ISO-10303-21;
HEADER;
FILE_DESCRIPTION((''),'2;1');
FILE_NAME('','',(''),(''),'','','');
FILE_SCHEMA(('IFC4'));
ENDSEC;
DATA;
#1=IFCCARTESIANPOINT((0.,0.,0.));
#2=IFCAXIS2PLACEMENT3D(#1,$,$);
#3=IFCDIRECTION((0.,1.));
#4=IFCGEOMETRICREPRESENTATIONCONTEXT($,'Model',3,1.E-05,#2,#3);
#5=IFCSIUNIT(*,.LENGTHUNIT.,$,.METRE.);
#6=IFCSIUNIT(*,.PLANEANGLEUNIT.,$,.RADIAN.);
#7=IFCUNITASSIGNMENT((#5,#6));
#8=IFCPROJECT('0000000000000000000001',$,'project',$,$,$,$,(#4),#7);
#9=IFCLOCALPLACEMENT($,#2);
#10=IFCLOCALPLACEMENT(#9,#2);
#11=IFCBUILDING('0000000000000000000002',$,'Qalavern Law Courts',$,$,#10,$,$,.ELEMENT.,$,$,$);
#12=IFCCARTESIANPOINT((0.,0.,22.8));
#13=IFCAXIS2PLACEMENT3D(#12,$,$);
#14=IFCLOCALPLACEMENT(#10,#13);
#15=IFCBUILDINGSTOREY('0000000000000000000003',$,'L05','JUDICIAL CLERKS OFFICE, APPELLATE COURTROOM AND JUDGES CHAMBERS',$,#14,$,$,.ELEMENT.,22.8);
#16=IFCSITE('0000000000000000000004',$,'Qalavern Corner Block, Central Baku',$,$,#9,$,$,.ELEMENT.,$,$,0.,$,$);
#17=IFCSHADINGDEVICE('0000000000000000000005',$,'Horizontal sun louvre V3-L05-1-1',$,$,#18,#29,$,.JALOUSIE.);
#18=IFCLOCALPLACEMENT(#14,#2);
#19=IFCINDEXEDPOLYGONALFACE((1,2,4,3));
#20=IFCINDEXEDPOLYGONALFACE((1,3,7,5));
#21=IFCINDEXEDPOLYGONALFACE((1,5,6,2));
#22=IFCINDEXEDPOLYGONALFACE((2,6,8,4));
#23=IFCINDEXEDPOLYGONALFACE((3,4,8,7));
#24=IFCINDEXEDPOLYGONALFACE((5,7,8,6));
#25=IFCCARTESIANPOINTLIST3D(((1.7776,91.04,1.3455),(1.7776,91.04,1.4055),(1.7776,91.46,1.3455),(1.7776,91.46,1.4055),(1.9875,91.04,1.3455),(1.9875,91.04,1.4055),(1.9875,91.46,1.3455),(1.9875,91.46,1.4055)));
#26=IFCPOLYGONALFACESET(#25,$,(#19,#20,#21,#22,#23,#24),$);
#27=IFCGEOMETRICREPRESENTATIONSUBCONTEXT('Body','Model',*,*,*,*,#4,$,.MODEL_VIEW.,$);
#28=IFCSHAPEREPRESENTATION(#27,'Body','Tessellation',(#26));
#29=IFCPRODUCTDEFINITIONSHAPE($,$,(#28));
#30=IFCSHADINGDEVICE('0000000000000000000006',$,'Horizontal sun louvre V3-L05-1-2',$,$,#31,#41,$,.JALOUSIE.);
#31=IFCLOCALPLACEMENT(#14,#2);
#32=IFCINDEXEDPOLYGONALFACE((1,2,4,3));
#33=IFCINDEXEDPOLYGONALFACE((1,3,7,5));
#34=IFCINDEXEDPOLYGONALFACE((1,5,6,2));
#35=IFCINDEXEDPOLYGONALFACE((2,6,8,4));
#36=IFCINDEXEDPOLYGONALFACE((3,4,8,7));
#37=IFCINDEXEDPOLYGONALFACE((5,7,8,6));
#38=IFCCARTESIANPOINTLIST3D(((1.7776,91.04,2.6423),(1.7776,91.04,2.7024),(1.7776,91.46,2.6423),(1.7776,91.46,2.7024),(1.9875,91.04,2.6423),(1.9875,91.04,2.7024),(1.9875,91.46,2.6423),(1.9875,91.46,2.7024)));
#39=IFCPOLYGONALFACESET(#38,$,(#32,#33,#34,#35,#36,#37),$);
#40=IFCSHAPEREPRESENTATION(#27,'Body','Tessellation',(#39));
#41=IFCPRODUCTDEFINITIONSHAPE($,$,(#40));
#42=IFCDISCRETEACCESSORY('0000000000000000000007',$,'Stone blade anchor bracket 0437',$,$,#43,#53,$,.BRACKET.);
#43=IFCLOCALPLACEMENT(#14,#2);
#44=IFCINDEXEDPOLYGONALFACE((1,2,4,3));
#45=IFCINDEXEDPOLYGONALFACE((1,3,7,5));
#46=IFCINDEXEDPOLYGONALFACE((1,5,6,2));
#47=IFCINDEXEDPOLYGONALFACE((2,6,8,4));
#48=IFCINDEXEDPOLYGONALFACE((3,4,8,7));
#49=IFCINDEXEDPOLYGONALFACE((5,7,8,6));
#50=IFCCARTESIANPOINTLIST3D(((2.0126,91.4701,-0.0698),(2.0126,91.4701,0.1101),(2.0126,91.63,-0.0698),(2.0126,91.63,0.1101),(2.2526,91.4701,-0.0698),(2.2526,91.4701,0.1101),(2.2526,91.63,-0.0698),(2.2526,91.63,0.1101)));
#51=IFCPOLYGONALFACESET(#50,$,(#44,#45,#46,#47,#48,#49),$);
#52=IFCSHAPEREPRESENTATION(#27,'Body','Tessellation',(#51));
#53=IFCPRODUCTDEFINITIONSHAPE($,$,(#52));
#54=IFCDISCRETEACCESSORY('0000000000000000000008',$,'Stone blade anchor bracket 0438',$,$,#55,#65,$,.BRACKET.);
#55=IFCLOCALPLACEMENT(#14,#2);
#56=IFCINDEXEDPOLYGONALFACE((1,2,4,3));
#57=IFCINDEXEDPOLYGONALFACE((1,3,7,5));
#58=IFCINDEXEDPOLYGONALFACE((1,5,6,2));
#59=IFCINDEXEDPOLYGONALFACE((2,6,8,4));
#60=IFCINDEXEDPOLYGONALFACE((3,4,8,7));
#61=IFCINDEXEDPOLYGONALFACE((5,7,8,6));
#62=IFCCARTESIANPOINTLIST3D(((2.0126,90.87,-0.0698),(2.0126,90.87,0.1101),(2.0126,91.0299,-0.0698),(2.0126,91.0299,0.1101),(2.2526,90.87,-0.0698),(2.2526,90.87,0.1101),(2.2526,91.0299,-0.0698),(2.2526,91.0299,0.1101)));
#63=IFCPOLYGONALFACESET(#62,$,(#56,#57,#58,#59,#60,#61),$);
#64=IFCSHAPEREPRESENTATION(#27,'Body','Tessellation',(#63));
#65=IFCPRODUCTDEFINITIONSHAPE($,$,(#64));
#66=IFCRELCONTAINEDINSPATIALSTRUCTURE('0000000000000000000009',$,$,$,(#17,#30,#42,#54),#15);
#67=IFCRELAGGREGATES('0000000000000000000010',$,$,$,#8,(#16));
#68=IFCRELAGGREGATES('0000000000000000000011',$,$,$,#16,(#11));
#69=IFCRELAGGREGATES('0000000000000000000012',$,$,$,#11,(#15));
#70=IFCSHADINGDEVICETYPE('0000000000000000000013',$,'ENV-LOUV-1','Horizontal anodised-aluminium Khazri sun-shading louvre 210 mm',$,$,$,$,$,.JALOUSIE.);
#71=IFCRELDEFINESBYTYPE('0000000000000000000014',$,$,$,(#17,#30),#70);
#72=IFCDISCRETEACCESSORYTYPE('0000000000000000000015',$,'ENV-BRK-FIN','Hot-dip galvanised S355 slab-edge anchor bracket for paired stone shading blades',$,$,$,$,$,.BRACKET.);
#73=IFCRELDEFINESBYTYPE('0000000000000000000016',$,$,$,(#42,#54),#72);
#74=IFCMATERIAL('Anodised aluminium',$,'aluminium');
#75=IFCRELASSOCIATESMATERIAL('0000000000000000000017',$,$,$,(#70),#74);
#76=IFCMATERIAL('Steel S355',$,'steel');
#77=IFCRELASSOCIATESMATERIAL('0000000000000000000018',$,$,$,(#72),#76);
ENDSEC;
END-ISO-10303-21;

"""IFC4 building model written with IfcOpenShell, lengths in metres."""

from ifc_helpers import new_model, si_unit, direction, frame, origin, origin_2d, place, context, subcontext, project, spatial, rectangle, extrude, material, type_object, element, save


model = new_model("IFC4")

# Units and contexts
model_context = context("Model", 3, precision=1e-05, world=origin(), true_north=direction((0.0, 1.0)))
body_context = subcontext(model_context, "Body", "Model", "MODEL_VIEW")
ifc_project = project(units=[si_unit("LENGTHUNIT", "METRE"), si_unit("PLANEANGLEUNIT", "RADIAN")], contexts=[model_context])

# Site, building, storey
site_placement = place(None, origin())
site = spatial("IfcSite", under=ifc_project, at=site_placement, Name="Qalavern Corner Block, Central Baku", CompositionType="ELEMENT", RefElevation=0.0)
building_placement = place(site_placement, origin())
building = spatial("IfcBuilding", under=site, at=building_placement, Name="Qalavern Law Courts", CompositionType="ELEMENT")
storey_placement = place(building_placement, frame((0.0, 0.0, 22.8)))
storey = spatial("IfcBuildingStorey", under=building, at=storey_placement, Name="L05", Description="JUDICIAL CLERKS OFFICE, APPELLATE COURTROOM AND JUDGES CHAMBERS", CompositionType="ELEMENT", Elevation=22.8)

# Shared definitions
ifc_material_1 = material(Name="Anodised aluminium", Category="aluminium")

# Shared definitions
ifc_material_2 = material(Name="Steel S355", Category="steel")

# Shading devices
shading_device_type = type_object("IfcShadingDeviceType", Name="ENV-LOUV-1", Description="Horizontal anodised-aluminium Khazri sun-shading louvre 210 mm", PredefinedType="JALOUSIE", material=ifc_material_1)
for number, where, z_axis, x_axis, name in (
    (1, (1.8826, 91.25, 1.3455), (0.0, 0.0, 1.0), (0.0, -1.0, 0.0), "Horizontal sun louvre V3-L05-1-1"),
    (2, (1.8826, 91.25, 2.6423), (0.0, 0.0, 1.0), (0.0, -1.0, 0.0), "Horizontal sun louvre V3-L05-1-2"),
):
    element("IfcShadingDevice", number, at=place(storey_placement, frame(where, z_axis=z_axis, x_axis=x_axis)), inside=storey, type_object=shading_device_type, Name=name, PredefinedType="JALOUSIE", context=body_context, shape_type="SweptSolid", body=[
        extrude(rectangle(XDim=0.4199, YDim=0.21, at=origin_2d()), origin(), (0.0, 0.0, 1.0), 0.0601),
    ])

# Discrete accessories
discrete_accessory_type = type_object("IfcDiscreteAccessoryType", Name="ENV-BRK-FIN", Description="Hot-dip galvanised S355 slab-edge anchor bracket for paired stone shading blades", PredefinedType="BRACKET", material=ifc_material_2)
for number, where, z_axis, x_axis, name in (
    (3, (2.1326, 91.55, -0.0698), (0.0, 0.0, 1.0), (-1.0, 0.0, 0.0), "Stone blade anchor bracket 0437"),
    (4, (2.1326, 90.95, -0.0698), (0.0, 0.0, 1.0), (-1.0, 0.0, 0.0), "Stone blade anchor bracket 0438"),
):
    element("IfcDiscreteAccessory", number, at=place(storey_placement, frame(where, z_axis=z_axis, x_axis=x_axis)), inside=storey, type_object=discrete_accessory_type, Name=name, PredefinedType="BRACKET", context=body_context, shape_type="SweptSolid", body=[
        extrude(rectangle(XDim=0.24, YDim=0.1599, at=origin_2d()), origin(), (0.0, 0.0, 1.0), 0.1799),
    ])

save(model, "model.ifc")
